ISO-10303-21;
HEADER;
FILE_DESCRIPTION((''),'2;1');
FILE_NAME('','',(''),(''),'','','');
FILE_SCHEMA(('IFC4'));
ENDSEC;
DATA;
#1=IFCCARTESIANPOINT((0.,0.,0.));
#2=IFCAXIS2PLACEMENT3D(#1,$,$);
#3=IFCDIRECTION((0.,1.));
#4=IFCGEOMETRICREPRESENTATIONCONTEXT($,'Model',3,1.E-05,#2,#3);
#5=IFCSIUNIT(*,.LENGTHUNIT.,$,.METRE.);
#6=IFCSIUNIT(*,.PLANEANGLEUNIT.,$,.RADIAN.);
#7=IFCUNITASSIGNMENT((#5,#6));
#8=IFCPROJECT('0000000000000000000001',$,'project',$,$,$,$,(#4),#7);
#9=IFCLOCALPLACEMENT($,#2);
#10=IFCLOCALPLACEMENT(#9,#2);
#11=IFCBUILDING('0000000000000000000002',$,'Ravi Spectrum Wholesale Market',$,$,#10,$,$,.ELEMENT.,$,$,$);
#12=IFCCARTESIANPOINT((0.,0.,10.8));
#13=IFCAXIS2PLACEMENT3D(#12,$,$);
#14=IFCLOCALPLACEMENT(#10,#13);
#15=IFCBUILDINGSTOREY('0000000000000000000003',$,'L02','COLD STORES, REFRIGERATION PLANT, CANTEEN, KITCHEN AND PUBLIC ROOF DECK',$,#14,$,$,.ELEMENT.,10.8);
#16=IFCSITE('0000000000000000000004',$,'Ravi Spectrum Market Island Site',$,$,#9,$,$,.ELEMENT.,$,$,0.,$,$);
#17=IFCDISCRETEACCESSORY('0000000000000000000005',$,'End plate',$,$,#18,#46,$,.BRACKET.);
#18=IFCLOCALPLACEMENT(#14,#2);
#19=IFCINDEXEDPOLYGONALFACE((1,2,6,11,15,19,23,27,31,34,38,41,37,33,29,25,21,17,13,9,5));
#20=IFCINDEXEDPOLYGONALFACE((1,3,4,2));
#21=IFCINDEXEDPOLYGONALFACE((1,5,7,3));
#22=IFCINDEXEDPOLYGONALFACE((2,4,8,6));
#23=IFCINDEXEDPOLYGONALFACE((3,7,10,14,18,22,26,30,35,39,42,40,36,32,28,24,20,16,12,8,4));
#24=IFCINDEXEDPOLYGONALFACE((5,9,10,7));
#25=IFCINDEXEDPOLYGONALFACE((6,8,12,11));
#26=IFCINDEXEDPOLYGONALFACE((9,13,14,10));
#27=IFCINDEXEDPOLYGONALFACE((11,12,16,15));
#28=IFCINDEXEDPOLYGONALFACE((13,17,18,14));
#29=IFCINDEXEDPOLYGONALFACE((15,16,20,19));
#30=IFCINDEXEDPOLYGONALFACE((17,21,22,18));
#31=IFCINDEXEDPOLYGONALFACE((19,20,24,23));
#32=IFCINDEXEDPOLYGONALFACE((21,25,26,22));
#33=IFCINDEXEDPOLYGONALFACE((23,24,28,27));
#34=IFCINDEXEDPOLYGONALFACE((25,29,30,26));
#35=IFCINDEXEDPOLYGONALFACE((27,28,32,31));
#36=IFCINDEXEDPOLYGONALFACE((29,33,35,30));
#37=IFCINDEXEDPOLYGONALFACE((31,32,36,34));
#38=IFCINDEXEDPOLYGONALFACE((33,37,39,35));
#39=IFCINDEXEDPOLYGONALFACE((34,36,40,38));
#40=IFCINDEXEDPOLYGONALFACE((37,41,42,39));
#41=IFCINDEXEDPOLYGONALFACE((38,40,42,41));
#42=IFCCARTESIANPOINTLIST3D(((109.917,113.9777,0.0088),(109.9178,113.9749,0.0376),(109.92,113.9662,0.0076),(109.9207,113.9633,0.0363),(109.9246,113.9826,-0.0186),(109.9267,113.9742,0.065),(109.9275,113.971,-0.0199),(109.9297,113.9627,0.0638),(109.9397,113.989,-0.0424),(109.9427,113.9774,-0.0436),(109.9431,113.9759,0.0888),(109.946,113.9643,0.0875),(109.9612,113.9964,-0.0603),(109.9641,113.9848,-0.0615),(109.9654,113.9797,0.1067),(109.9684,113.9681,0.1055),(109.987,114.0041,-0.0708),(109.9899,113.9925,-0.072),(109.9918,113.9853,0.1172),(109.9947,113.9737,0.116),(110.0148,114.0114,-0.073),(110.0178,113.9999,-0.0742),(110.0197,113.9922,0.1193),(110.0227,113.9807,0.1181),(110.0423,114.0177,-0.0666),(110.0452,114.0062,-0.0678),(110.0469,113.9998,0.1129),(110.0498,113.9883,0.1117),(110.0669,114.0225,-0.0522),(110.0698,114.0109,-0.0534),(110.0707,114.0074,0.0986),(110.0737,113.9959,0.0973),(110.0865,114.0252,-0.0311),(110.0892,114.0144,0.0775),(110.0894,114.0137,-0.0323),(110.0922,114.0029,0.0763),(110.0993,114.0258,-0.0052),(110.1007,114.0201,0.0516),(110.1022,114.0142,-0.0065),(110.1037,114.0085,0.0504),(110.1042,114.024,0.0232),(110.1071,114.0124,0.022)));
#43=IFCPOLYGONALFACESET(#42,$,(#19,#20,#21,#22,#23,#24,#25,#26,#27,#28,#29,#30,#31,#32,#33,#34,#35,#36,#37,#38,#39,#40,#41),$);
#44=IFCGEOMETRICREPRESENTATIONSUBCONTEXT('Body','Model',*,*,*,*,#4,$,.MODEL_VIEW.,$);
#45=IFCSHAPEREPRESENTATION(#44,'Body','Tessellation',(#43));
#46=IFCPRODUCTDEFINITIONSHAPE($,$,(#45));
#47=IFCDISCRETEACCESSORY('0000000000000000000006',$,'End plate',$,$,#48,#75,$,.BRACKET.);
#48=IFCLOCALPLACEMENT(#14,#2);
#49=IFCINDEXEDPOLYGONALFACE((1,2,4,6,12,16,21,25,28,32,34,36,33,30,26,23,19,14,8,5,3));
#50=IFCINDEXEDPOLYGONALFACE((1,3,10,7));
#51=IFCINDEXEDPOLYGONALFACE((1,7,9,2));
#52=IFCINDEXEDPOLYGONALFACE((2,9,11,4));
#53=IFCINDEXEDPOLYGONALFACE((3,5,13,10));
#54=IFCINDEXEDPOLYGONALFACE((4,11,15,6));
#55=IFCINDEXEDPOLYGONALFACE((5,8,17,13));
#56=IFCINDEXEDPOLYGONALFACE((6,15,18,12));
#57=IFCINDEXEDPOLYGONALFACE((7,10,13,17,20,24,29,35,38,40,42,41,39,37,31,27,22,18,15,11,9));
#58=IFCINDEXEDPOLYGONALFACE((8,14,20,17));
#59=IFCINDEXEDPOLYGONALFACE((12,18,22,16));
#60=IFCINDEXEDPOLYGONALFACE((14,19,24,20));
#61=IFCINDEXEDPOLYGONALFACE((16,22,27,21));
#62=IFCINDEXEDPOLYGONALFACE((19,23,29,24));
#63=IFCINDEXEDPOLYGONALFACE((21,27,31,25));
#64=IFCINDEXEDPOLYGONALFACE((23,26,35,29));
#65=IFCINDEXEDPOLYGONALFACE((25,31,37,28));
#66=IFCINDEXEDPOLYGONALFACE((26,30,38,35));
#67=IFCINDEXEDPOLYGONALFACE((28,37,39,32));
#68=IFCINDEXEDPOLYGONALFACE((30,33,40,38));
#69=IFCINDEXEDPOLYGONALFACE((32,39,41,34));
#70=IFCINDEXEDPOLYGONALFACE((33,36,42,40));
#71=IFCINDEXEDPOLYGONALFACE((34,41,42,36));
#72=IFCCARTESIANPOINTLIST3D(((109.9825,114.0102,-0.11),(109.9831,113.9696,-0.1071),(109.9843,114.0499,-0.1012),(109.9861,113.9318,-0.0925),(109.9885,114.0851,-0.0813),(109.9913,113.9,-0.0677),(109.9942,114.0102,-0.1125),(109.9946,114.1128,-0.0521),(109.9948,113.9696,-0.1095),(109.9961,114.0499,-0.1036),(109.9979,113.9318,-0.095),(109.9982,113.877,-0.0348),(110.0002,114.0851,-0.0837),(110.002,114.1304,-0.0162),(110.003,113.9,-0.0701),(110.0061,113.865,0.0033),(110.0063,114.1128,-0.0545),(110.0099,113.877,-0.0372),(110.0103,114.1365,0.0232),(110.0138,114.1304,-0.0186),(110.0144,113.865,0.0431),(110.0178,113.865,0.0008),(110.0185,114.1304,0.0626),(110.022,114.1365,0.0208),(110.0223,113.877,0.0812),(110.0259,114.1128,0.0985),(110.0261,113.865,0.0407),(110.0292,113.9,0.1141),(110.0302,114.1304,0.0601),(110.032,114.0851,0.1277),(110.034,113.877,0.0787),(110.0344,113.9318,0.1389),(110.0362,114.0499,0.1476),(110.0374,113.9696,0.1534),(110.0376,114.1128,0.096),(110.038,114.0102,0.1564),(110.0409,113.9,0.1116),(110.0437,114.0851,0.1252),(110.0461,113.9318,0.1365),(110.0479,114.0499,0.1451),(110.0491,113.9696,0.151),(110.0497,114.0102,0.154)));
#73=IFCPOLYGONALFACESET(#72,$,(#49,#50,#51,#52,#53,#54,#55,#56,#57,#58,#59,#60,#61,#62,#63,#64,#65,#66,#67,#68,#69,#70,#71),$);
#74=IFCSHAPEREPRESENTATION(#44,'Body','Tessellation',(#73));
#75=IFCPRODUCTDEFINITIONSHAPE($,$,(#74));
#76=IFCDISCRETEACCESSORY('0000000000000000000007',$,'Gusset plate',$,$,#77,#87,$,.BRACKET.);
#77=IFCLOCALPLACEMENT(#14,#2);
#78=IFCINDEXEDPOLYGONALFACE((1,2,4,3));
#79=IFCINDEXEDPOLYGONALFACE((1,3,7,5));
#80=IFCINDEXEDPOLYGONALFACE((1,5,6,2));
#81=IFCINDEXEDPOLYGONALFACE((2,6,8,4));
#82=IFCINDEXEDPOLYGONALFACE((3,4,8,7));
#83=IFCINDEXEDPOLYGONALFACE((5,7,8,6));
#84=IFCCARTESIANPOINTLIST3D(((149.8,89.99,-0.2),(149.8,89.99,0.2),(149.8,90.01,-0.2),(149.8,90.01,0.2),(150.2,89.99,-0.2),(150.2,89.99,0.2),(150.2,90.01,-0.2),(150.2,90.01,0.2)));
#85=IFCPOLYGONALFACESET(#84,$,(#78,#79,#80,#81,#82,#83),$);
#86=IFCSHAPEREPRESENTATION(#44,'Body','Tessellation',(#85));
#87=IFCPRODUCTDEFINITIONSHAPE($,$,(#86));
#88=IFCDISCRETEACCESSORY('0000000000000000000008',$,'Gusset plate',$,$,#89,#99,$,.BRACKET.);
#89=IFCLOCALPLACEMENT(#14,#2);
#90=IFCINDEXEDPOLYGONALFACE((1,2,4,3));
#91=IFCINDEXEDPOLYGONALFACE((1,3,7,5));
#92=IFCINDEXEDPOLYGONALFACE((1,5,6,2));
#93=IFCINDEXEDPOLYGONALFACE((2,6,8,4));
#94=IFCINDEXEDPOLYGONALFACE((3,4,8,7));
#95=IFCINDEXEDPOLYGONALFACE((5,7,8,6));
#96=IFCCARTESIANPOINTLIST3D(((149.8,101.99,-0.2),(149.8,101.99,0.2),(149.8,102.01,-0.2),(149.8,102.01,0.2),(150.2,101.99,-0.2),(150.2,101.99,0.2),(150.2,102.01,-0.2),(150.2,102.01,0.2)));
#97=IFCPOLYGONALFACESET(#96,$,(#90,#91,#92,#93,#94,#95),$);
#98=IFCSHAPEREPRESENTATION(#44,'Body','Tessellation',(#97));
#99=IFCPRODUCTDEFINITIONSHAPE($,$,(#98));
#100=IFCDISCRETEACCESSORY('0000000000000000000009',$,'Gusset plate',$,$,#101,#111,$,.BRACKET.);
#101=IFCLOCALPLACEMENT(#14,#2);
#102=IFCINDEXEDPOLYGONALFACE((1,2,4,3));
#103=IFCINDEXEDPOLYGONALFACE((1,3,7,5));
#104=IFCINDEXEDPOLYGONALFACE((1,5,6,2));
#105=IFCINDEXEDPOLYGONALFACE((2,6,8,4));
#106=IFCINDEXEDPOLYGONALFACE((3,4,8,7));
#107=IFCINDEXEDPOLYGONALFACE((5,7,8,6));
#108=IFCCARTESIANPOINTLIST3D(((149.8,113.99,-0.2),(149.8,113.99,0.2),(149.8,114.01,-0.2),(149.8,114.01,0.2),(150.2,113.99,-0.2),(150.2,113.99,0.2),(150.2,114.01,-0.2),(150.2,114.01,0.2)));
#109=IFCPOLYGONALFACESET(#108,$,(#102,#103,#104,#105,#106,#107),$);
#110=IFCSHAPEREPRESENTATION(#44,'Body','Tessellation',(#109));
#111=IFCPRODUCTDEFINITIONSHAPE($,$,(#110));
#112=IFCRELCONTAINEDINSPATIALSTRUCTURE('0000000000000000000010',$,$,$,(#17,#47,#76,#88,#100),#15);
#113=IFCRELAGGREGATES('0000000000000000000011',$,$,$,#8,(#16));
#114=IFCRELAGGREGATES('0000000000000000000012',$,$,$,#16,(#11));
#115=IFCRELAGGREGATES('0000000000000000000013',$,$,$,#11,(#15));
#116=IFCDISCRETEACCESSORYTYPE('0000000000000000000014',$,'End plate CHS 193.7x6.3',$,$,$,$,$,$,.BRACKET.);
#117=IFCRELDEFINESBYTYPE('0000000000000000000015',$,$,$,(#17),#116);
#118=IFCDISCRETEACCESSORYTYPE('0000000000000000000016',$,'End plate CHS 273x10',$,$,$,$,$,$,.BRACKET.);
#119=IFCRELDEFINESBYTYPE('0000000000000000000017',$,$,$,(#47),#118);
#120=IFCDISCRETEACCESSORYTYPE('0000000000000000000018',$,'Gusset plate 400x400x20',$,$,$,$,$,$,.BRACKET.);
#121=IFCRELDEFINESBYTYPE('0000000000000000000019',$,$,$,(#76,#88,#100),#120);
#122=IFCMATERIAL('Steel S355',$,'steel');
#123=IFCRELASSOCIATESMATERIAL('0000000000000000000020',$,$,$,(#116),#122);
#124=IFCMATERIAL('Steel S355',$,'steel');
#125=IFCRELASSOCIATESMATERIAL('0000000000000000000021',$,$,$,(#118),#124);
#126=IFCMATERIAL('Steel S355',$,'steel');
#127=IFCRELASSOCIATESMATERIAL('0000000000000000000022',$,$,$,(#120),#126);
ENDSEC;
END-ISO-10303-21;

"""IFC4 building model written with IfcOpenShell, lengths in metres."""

from ifc_helpers import new_model, si_unit, direction, frame, origin, origin_2d, place, context, subcontext, project, spatial, rectangle, circle, extrude, material, material_profile, profile_set, type_object, element, save


model = new_model("IFC4")

# Units and contexts
model_context = context("Model", 3, precision=1e-05, world=origin(), true_north=direction((0.0, 1.0)))
body_context = subcontext(model_context, "Body", "Model", "MODEL_VIEW")
ifc_project = project(units=[si_unit("LENGTHUNIT", "METRE"), si_unit("PLANEANGLEUNIT", "RADIAN")], contexts=[model_context])

# Site, building, storey
site_placement = place(None, origin())
site = spatial("IfcSite", under=ifc_project, at=site_placement, Name="Ravi Spectrum Market Island Site", CompositionType="ELEMENT", RefElevation=0.0)
building_placement = place(site_placement, origin())
building = spatial("IfcBuilding", under=site, at=building_placement, Name="Ravi Spectrum Wholesale Market", CompositionType="ELEMENT")
storey_placement = place(building_placement, frame((0.0, 0.0, 10.8)))
storey = spatial("IfcBuildingStorey", under=building, at=storey_placement, Name="L02", Description="COLD STORES, REFRIGERATION PLANT, CANTEEN, KITCHEN AND PUBLIC ROOF DECK", CompositionType="ELEMENT", Elevation=10.8)

# Discrete accessories
ifc_material_1 = material(Name="Steel S355", Category="steel")
ifc_material_profile_1 = material_profile(ifc_material_1, circle(Radius=0.0969, at=origin_2d()))
ifc_profile_set_1 = profile_set([ifc_material_profile_1], Name="Steel S355")
discrete_accessory_type_1 = type_object("IfcDiscreteAccessoryType", Name="End plate CHS 193.7x6.3", PredefinedType="BRACKET", material=ifc_profile_set_1)
discrete_accessory_1_placement = place(storey_placement, frame((110.0103, 114.0, 0.0232), z_axis=(0.246079, -0.963811, -0.102533), x_axis=(0.968918, 0.247383, 0.0)))
element("IfcDiscreteAccessory", 1, at=discrete_accessory_1_placement, inside=storey, type_object=discrete_accessory_type_1, Name="End plate", PredefinedType="BRACKET", context=body_context, shape_type="SweptSolid", body=[
    extrude(circle(Radius=0.0969, at=origin_2d()), origin(), (0.0, 0.0, 1.0), 0.012),
])
ifc_material_2 = material(Name="Steel S355", Category="steel")
ifc_material_profile_2 = material_profile(ifc_material_2, circle(Radius=0.1365, at=origin_2d()))
ifc_profile_set_2 = profile_set([ifc_material_profile_2], Name="Steel S355")
discrete_accessory_type_2 = type_object("IfcDiscreteAccessoryType", Name="End plate CHS 273x10", PredefinedType="BRACKET", material=ifc_profile_set_2)
discrete_accessory_2_placement = place(storey_placement, frame((110.0103, 114.0, 0.0232), z_axis=(0.97898, 0.0, -0.203954), x_axis=(0.0, 1.0, 0.0)))
element("IfcDiscreteAccessory", 2, at=discrete_accessory_2_placement, inside=storey, type_object=discrete_accessory_type_2, Name="End plate", PredefinedType="BRACKET", context=body_context, shape_type="SweptSolid", body=[
    extrude(circle(Radius=0.1365, at=origin_2d()), origin(), (0.0, 0.0, 1.0), 0.012),
])
ifc_material_3 = material(Name="Steel S355", Category="steel")
ifc_material_profile_3 = material_profile(ifc_material_3, rectangle(XDim=0.3999, YDim=0.02, at=origin_2d()))
ifc_profile_set_3 = profile_set([ifc_material_profile_3], Name="Steel S355")
discrete_accessory_type_3 = type_object("IfcDiscreteAccessoryType", Name="Gusset plate 400x400x20", PredefinedType="BRACKET", material=ifc_profile_set_3)
for number, where, z_axis, x_axis, name in (
    (3, (150.0, 90.0, -0.2), (0.0, 0.0, 1.0), (1.0, 0.0, 0.0), "Gusset plate"),
    (4, (150.0, 102.0, -0.2), (0.0, 0.0, 1.0), (1.0, 0.0, 0.0), "Gusset plate"),
    (5, (150.0, 114.0, -0.2), (0.0, 0.0, 1.0), (1.0, 0.0, 0.0), "Gusset plate"),
):
    element("IfcDiscreteAccessory", number, at=place(storey_placement, frame(where, z_axis=z_axis, x_axis=x_axis)), inside=storey, type_object=discrete_accessory_type_3, Name=name, PredefinedType="BRACKET", context=body_context, shape_type="SweptSolid", body=[
        extrude(rectangle(XDim=0.3999, YDim=0.02, at=origin_2d()), origin(), (0.0, 0.0, 1.0), 0.3999),
    ])

save(model, "model.ifc")
